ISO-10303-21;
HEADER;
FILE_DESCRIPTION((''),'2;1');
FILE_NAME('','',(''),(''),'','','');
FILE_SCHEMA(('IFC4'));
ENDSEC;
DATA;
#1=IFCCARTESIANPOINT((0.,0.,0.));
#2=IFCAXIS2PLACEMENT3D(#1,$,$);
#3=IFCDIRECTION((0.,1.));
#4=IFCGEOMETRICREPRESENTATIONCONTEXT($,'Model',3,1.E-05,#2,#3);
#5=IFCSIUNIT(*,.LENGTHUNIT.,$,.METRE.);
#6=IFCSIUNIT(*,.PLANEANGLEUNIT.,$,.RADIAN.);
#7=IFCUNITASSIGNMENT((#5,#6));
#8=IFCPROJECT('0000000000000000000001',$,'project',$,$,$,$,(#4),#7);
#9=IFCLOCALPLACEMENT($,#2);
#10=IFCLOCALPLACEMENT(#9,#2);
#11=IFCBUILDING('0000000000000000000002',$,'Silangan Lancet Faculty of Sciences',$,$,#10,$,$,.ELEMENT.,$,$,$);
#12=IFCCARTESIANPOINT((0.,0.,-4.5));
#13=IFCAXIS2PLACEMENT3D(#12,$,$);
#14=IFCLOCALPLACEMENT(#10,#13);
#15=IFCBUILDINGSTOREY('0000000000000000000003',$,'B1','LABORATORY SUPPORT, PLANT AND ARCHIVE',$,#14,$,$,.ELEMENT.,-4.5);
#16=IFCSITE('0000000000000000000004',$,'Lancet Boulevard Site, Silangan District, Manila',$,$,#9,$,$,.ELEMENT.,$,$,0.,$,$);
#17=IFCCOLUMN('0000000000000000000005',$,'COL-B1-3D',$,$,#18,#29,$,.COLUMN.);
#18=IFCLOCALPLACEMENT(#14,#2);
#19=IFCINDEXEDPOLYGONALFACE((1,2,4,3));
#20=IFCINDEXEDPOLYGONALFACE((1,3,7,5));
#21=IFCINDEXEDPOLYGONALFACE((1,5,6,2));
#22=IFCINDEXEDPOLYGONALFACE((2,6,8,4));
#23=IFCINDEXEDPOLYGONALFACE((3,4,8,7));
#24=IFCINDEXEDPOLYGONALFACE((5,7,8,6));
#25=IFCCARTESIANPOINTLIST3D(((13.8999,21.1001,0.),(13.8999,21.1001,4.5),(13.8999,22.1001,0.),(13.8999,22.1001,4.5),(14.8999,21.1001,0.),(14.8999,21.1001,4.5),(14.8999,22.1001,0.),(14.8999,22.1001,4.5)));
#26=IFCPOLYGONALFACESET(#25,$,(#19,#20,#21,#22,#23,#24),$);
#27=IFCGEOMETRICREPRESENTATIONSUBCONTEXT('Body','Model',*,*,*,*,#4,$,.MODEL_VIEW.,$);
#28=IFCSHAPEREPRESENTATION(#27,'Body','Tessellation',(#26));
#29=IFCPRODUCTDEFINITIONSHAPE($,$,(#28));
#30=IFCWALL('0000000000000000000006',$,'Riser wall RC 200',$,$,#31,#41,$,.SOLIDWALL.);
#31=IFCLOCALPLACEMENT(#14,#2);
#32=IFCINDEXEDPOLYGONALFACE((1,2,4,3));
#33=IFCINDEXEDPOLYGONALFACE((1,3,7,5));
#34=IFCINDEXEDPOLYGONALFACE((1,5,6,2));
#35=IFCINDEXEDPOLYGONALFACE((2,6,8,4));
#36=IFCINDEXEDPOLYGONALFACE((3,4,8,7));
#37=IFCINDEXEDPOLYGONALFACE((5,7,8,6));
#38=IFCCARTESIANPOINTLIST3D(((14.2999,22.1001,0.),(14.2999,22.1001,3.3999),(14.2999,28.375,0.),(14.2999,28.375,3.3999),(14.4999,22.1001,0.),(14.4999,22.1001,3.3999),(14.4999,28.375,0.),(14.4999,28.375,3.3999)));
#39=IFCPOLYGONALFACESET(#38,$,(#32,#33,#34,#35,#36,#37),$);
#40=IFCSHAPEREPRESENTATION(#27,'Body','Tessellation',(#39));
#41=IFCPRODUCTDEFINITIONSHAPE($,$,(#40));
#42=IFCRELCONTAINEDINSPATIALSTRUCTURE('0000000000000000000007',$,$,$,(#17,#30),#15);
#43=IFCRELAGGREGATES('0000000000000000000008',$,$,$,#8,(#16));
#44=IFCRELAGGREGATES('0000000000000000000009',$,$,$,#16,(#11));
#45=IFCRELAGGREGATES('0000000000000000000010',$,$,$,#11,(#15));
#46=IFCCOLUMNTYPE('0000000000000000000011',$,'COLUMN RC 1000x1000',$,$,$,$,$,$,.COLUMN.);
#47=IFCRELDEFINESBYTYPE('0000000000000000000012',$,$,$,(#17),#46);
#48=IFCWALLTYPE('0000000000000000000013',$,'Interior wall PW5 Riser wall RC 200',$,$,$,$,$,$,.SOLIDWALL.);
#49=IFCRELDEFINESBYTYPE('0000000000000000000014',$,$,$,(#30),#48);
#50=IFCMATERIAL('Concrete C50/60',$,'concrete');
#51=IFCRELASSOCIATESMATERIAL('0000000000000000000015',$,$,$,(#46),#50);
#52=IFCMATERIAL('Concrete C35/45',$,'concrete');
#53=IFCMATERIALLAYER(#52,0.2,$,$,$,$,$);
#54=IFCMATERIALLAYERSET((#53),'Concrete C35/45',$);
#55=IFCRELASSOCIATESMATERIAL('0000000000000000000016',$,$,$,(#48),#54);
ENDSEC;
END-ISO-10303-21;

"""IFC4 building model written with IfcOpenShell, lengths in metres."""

from ifc_helpers import new_model, si_unit, direction, frame, frame_2d, origin, origin_2d, place, context, subcontext, project, spatial, rectangle, extrude, material, layer, layer_set, material_profile, profile_set, type_object, element, save


model = new_model("IFC4")

# Units and contexts
model_context = context("Model", 3, precision=1e-05, world=origin(), true_north=direction((0.0, 1.0)))
body_context = subcontext(model_context, "Body", "Model", "MODEL_VIEW")
ifc_project = project(units=[si_unit("LENGTHUNIT", "METRE"), si_unit("PLANEANGLEUNIT", "RADIAN")], contexts=[model_context])

# Site, building, storey
site_placement = place(None, origin())
site = spatial("IfcSite", under=ifc_project, at=site_placement, Name="Lancet Boulevard Site, Silangan District, Manila", CompositionType="ELEMENT", RefElevation=0.0)
building_placement = place(site_placement, origin())
building = spatial("IfcBuilding", under=site, at=building_placement, Name="Silangan Lancet Faculty of Sciences", CompositionType="ELEMENT")
storey_placement = place(building_placement, frame((0.0, 0.0, -4.5)))
storey = spatial("IfcBuildingStorey", under=building, at=storey_placement, Name="B1", Description="LABORATORY SUPPORT, PLANT AND ARCHIVE", CompositionType="ELEMENT", Elevation=-4.5)

# Column
ifc_material_1 = material(Name="Concrete C50/60", Category="concrete")
ifc_material_profile_1 = material_profile(ifc_material_1, rectangle(XDim=1.0, YDim=1.0, at=origin_2d()), Name="RC 1000x1000")
ifc_profile_set_1 = profile_set([ifc_material_profile_1], Name="Concrete C50/60")
column_type = type_object("IfcColumnType", Name="COLUMN RC 1000x1000", PredefinedType="COLUMN", material=ifc_profile_set_1)
column_placement = place(storey_placement, frame((14.3999, 21.6001, 0.0), z_axis=(0.0, 0.0, 1.0), x_axis=(1.0, 0.0, 0.0)))
element("IfcColumn", 1, at=column_placement, inside=storey, type_object=column_type, Name="COL-B1-3D", PredefinedType="COLUMN", context=body_context, shape_type="SweptSolid", body=[
    extrude(rectangle(XDim=1.0, YDim=1.0, at=origin_2d()), origin(), (0.0, 0.0, 1.0), 4.5),
])

# Wall
ifc_material_2 = material(Name="Concrete C35/45", Category="concrete")
ifc_layer = layer(ifc_material_2, 0.2)
ifc_layer_set = layer_set([ifc_layer], Name="Concrete C35/45")
wall_type = type_object("IfcWallType", Name="Interior wall PW5 Riser wall RC 200", PredefinedType="SOLIDWALL", material=ifc_layer_set)
wall_placement = place(storey_placement, frame((14.3999, 22.1001, 0.0), z_axis=(0.0, 0.0, 1.0), x_axis=(0.0, 1.0, 0.0)))
element("IfcWall", 2, at=wall_placement, inside=storey, type_object=wall_type, Name="Riser wall RC 200", PredefinedType="SOLIDWALL", context=body_context, shape_type="SweptSolid", body=[
    extrude(rectangle(XDim=6.2749, YDim=0.2, at=frame_2d((3.1375, 0.0))), origin(), (0.0, 0.0, 1.0), 3.3999),
])

save(model, "model.ifc")
